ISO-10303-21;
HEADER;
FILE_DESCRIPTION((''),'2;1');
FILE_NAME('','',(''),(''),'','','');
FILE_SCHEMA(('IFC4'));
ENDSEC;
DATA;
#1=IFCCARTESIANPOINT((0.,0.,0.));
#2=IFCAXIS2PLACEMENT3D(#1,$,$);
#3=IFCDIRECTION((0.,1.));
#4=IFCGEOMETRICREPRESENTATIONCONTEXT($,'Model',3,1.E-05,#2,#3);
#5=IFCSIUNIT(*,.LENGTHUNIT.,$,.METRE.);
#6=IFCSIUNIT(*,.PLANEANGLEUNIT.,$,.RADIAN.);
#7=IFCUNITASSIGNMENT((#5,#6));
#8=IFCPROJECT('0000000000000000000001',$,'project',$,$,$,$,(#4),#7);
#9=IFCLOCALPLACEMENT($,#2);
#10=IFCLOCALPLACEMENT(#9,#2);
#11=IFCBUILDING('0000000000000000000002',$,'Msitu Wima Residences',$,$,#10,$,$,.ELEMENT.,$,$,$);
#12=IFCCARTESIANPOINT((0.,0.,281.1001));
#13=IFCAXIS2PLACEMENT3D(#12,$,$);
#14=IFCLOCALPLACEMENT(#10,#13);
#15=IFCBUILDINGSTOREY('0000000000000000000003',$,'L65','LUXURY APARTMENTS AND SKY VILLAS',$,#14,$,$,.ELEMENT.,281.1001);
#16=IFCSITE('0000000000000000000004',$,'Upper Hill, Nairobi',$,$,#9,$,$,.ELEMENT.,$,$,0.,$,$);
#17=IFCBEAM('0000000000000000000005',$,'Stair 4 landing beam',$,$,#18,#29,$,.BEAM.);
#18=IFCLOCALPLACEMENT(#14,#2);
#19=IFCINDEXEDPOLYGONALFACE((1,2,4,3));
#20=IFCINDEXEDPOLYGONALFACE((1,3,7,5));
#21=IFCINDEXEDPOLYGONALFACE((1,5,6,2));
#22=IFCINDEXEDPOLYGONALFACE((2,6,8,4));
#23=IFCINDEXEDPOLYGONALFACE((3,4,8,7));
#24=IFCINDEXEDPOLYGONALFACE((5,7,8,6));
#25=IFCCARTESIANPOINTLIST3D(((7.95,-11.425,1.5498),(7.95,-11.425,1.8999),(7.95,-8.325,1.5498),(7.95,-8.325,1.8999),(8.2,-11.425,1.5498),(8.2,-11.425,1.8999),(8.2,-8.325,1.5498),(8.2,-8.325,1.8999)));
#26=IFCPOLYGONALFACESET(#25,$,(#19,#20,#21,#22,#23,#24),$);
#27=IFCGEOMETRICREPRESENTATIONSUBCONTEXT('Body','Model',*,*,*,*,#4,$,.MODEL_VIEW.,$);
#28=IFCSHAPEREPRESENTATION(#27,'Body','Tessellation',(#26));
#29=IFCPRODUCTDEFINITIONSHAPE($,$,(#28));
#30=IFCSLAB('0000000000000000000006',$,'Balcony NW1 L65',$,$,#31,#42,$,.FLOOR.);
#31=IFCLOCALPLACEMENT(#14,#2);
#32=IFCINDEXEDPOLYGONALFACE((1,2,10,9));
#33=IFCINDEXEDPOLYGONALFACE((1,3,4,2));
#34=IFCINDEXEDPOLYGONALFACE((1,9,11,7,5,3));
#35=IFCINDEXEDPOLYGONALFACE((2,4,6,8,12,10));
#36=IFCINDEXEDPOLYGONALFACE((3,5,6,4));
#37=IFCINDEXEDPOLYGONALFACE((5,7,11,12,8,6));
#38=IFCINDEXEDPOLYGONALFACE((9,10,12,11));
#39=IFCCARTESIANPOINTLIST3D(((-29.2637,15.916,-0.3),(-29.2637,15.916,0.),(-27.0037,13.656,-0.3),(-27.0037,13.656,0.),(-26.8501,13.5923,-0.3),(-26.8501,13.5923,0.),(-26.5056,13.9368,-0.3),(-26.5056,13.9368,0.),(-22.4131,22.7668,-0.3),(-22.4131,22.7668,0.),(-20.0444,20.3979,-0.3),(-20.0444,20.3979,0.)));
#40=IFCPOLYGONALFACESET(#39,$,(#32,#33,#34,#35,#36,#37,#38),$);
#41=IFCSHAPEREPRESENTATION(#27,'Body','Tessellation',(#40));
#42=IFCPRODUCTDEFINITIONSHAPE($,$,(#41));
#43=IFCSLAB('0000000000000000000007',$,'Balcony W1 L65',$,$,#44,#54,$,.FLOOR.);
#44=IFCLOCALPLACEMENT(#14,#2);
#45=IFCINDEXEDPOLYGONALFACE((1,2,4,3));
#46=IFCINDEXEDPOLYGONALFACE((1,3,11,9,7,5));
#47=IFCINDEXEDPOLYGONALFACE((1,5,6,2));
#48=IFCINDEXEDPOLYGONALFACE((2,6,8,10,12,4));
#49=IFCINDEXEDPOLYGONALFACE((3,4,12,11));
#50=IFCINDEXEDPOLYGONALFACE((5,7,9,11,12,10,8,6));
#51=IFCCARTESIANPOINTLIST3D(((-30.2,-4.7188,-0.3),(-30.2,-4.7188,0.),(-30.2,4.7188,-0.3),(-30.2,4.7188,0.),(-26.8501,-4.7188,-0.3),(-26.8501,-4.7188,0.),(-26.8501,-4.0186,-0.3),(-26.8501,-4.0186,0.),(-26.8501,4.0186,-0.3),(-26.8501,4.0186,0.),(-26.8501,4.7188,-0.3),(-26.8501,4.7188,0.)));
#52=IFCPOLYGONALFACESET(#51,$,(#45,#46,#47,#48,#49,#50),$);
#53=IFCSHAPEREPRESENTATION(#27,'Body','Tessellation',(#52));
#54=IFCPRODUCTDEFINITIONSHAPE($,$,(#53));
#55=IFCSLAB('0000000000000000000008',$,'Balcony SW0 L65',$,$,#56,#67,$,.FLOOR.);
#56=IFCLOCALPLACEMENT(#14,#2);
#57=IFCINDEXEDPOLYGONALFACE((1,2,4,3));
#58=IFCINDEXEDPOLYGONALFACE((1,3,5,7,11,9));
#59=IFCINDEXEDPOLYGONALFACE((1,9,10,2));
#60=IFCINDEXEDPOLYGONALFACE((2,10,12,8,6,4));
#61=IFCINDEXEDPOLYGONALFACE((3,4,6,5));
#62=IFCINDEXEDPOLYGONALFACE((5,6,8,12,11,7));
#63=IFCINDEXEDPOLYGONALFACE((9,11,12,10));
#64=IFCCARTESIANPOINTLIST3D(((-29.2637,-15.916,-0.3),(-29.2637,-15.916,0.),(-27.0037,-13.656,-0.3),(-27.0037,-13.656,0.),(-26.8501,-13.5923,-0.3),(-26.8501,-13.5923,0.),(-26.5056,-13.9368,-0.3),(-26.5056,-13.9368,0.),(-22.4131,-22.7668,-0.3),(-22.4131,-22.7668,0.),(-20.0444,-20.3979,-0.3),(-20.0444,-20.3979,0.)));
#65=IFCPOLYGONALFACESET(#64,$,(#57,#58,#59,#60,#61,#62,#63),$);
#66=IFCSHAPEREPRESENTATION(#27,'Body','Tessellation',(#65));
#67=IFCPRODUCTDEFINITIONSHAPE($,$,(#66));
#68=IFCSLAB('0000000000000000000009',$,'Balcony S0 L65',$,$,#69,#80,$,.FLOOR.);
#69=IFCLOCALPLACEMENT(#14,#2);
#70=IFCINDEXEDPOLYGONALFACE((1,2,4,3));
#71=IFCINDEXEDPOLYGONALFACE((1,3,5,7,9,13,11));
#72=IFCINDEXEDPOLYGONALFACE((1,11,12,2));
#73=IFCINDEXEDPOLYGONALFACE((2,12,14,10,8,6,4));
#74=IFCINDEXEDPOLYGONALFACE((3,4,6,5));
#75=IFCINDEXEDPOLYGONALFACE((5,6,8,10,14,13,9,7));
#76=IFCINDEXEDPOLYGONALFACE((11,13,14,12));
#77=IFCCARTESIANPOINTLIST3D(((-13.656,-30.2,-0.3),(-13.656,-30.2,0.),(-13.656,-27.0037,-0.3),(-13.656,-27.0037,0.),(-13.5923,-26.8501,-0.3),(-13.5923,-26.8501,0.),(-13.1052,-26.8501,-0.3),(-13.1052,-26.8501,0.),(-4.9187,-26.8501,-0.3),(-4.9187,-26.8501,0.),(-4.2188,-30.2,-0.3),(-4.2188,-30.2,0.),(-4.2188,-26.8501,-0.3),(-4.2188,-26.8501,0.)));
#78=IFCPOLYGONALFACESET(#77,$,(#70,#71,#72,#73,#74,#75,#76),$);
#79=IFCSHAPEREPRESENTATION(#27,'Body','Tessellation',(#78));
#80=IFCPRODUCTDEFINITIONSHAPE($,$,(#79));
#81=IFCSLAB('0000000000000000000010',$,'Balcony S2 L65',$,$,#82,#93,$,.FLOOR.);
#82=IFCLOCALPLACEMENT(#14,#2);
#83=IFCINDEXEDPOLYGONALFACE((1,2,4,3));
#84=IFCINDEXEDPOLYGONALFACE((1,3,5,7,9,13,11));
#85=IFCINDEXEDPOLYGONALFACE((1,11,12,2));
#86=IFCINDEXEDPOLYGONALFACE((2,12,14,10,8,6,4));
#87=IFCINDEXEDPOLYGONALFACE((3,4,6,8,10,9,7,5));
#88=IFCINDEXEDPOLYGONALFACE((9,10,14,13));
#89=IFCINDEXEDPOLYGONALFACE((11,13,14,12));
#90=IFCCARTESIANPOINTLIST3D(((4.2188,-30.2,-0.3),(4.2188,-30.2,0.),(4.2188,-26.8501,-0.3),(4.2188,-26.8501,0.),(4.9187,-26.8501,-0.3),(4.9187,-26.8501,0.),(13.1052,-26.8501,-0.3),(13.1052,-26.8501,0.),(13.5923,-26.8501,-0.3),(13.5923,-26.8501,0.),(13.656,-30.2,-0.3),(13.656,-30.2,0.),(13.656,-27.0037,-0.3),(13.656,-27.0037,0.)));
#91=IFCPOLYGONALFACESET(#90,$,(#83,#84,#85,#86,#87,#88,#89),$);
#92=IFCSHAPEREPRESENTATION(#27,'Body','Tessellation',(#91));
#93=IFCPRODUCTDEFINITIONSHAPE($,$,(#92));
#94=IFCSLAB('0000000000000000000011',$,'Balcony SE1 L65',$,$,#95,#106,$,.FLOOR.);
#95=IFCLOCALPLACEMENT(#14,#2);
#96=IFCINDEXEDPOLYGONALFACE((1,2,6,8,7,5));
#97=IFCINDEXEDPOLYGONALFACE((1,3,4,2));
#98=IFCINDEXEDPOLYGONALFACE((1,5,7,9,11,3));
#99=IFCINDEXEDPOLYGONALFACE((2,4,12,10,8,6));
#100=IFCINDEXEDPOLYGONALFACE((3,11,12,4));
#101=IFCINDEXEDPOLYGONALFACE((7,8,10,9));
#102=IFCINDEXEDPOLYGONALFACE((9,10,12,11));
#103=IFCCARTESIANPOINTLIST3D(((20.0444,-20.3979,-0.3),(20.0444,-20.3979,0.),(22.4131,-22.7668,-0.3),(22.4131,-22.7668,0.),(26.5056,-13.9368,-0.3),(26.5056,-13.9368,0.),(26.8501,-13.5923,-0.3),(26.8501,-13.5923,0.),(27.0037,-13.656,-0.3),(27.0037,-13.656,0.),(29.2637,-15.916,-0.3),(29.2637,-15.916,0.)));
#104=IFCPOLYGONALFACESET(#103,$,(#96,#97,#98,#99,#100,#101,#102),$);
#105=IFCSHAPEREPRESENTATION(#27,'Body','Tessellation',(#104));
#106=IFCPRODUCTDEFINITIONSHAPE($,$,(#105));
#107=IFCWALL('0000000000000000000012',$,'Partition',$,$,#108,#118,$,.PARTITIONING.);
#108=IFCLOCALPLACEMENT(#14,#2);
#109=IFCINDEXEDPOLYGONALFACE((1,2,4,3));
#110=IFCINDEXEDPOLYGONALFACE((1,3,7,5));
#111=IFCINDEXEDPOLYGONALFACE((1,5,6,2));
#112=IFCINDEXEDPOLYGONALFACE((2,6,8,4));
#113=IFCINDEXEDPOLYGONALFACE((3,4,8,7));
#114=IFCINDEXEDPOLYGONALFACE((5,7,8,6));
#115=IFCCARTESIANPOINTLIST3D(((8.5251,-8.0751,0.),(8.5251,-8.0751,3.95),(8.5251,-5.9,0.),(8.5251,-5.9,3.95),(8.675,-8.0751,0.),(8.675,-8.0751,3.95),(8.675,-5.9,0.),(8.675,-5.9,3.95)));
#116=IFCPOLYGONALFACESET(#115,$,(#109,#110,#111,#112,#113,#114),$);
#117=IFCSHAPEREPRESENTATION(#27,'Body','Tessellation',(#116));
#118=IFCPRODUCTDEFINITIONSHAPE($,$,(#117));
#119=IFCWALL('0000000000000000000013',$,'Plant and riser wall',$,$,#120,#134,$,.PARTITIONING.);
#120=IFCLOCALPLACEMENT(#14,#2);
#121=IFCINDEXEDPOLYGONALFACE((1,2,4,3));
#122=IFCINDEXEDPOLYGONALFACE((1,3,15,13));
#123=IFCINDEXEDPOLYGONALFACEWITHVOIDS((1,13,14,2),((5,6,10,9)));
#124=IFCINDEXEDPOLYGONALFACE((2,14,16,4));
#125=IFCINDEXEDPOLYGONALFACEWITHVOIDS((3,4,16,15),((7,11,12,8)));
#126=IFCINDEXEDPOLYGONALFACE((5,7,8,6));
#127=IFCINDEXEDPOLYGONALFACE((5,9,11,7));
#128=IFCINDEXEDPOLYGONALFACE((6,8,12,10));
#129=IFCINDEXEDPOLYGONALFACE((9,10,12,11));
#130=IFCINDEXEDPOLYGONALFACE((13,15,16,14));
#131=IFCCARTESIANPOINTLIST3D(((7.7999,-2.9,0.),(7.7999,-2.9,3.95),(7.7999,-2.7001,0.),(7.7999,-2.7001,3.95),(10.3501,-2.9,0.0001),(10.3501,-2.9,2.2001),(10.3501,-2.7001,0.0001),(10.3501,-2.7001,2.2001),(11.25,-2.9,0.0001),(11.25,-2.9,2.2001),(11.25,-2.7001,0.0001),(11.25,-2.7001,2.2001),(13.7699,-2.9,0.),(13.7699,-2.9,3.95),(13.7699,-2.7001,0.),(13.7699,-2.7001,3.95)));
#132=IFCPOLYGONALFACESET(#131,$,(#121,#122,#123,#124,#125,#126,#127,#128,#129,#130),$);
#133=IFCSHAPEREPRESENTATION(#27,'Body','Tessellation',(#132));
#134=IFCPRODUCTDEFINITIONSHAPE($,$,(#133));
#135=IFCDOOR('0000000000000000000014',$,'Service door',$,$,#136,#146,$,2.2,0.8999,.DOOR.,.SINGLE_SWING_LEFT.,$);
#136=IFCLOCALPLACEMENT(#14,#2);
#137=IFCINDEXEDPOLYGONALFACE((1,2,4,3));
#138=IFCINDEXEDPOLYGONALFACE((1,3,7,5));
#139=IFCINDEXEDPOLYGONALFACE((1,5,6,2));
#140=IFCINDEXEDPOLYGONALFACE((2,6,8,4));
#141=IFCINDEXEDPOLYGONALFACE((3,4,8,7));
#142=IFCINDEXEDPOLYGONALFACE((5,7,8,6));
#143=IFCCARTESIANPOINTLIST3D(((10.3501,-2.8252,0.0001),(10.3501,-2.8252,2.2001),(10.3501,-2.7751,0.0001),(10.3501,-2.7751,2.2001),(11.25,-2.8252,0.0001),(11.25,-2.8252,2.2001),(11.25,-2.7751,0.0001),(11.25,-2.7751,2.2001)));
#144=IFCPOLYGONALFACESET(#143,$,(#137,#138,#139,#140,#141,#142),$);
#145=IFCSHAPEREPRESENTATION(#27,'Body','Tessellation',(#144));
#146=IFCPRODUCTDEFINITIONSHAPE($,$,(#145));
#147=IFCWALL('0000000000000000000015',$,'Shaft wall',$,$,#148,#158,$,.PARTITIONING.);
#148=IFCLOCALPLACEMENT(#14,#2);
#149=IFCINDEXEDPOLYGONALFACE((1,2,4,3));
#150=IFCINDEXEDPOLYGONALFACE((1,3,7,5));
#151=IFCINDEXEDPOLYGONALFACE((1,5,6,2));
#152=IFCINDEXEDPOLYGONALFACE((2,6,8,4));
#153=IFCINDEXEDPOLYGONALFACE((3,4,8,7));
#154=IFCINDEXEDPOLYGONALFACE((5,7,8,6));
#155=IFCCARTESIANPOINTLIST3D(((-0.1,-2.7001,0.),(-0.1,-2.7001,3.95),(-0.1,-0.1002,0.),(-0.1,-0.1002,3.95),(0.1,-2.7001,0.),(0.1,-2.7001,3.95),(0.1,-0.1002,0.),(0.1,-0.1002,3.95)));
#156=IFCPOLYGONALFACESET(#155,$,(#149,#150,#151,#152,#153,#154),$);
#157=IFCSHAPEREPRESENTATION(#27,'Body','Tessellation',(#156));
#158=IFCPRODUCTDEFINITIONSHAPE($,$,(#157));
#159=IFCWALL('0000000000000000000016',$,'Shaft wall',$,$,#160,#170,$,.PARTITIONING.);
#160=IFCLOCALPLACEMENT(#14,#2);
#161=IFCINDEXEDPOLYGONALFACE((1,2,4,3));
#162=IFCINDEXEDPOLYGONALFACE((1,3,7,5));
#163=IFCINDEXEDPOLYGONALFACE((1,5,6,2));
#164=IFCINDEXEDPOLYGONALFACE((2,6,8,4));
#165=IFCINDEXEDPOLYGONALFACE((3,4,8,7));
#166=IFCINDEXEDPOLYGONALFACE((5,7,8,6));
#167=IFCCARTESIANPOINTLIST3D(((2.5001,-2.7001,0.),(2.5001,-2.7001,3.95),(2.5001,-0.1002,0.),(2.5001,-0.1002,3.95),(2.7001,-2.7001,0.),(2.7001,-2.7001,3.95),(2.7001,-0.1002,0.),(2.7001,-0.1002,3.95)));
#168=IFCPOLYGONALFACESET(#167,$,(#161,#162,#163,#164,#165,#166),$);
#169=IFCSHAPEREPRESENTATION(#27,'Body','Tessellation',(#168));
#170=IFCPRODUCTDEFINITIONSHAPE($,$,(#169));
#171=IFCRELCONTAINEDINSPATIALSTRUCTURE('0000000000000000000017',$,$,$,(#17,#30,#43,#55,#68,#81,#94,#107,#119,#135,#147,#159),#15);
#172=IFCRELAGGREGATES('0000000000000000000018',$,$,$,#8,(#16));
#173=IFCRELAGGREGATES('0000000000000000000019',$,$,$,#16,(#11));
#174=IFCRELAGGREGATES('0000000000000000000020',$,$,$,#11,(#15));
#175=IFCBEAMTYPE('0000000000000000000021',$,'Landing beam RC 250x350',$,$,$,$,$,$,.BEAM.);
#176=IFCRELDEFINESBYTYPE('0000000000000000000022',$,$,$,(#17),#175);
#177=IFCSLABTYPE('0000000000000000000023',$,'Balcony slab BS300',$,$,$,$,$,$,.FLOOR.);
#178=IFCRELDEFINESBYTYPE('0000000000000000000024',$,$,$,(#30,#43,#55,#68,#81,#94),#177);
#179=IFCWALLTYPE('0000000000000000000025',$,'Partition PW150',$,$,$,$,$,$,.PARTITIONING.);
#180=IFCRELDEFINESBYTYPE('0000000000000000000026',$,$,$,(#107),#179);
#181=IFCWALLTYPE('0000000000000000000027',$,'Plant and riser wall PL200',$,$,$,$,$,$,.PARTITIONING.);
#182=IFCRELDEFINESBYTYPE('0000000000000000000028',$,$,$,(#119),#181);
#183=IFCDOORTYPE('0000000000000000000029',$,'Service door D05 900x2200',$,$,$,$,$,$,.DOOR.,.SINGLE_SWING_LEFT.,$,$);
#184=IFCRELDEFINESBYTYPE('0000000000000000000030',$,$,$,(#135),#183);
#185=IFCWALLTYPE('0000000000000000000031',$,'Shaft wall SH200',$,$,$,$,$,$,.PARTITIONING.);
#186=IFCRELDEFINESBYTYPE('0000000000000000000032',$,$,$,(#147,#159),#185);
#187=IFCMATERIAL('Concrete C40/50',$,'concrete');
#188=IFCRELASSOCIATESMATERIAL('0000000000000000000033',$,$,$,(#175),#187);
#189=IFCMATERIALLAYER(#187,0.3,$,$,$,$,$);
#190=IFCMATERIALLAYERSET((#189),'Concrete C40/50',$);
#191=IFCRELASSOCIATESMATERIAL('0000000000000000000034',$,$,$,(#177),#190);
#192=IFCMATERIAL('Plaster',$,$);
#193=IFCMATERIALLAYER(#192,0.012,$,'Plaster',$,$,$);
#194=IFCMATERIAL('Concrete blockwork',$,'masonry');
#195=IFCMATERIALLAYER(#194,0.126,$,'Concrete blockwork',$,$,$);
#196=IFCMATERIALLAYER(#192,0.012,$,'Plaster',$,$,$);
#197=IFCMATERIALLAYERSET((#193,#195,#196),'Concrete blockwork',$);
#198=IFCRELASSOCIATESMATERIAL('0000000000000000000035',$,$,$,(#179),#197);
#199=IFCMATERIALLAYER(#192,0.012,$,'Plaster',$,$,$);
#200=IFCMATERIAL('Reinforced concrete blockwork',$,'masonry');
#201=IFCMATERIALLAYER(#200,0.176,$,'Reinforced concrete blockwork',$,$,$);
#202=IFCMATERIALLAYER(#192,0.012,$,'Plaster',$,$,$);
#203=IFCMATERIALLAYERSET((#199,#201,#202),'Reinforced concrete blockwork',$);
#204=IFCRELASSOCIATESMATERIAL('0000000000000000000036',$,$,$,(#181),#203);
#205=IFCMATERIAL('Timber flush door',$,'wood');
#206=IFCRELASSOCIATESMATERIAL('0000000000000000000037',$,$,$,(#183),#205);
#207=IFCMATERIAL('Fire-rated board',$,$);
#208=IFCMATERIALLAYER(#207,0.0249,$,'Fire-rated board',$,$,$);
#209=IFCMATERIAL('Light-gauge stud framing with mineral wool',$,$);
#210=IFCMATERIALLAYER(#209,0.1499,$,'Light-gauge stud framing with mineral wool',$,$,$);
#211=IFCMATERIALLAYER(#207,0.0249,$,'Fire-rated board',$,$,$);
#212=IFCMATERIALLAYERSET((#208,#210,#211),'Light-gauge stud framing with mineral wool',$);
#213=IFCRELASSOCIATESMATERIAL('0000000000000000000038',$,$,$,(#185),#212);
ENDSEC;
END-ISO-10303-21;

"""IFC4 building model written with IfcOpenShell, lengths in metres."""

from ifc_helpers import new_model, si_unit, direction, frame, frame_2d, origin, origin_2d, place, context, subcontext, project, spatial, polyline, rectangle, outline, extrude, material, layer, layer_set, material_profile, profile_set, type_object, element, fill, save


model = new_model("IFC4")

# Units and contexts
model_context = context("Model", 3, precision=1e-05, world=origin(), true_north=direction((0.0, 1.0)))
body_context = subcontext(model_context, "Body", "Model", "MODEL_VIEW")
ifc_project = project(units=[si_unit("LENGTHUNIT", "METRE"), si_unit("PLANEANGLEUNIT", "RADIAN")], contexts=[model_context])

# Site, building, storey
site_placement = place(None, origin())
site = spatial("IfcSite", under=ifc_project, at=site_placement, Name="Upper Hill, Nairobi", CompositionType="ELEMENT", RefElevation=0.0)
building_placement = place(site_placement, origin())
building = spatial("IfcBuilding", under=site, at=building_placement, Name="Msitu Wima Residences", CompositionType="ELEMENT")
storey_placement = place(building_placement, frame((0.0, 0.0, 281.1001)))
storey = spatial("IfcBuildingStorey", under=building, at=storey_placement, Name="L65", Description="LUXURY APARTMENTS AND SKY VILLAS", CompositionType="ELEMENT", Elevation=281.1001)

# Beam
ifc_material_1 = material(Name="Concrete C40/50", Category="concrete")
ifc_material_profile = material_profile(ifc_material_1, rectangle(XDim=0.25, YDim=0.3501, at=origin_2d()), Name="RC 250x350")
ifc_profile_set = profile_set([ifc_material_profile], Name="Concrete C40/50")
beam_type = type_object("IfcBeamType", Name="Landing beam RC 250x350", PredefinedType="BEAM", material=ifc_profile_set)
beam_placement = place(storey_placement, frame((8.075, -11.425, 1.7249), z_axis=(0.0, 1.0, 0.0), x_axis=(-1.0, 0.0, 0.0)))
element("IfcBeam", 1, at=beam_placement, inside=storey, type_object=beam_type, Name="Stair 4 landing beam", PredefinedType="BEAM", context=body_context, shape_type="SweptSolid", body=[
    extrude(rectangle(XDim=0.25, YDim=0.3501, at=origin_2d()), origin(), (0.0, 0.0, 1.0), 3.1001),
])

# Slabs
ifc_layer_1 = layer(ifc_material_1, 0.3)
ifc_layer_set_1 = layer_set([ifc_layer_1], Name="Concrete C40/50")
slab_type = type_object("IfcSlabType", Name="Balcony slab BS300", PredefinedType="FLOOR", material=ifc_layer_set_1)
slab_1_placement = place(storey_placement, frame((0.0, 0.0, -0.3)))
element("IfcSlab", 2, at=slab_1_placement, inside=storey, type_object=slab_type, Name="Balcony NW1 L65", PredefinedType="FLOOR", context=body_context, shape_type="SweptSolid", body=[
    extrude(outline(polyline([(-26.5056, 13.9368), (-26.5056, 13.9368), (-26.8501, 13.5923), (-27.0037, 13.656), (-29.2637, 15.916), (-22.4131, 22.7668), (-20.0444, 20.3979), (-26.5056, 13.9368), (-26.5056, 13.9368)])), origin(), (0.0, 0.0, 1.0), 0.3),
])
slab_2_placement = place(storey_placement, frame((0.0, 0.0, -0.3)))
element("IfcSlab", 3, at=slab_2_placement, inside=storey, type_object=slab_type, Name="Balcony W1 L65", PredefinedType="FLOOR", context=body_context, shape_type="SweptSolid", body=[
    extrude(outline(polyline([(-26.8501, 4.0186), (-26.8501, -4.0186), (-26.8501, -4.7188), (-30.2, -4.7188), (-30.2, 4.7188), (-26.8501, 4.7188), (-26.8501, 4.0186)])), origin(), (0.0, 0.0, 1.0), 0.3),
])
slab_3_placement = place(storey_placement, frame((0.0, 0.0, -0.3)))
element("IfcSlab", 4, at=slab_3_placement, inside=storey, type_object=slab_type, Name="Balcony SW0 L65", PredefinedType="FLOOR", context=body_context, shape_type="SweptSolid", body=[
    extrude(outline(polyline([(-26.5056, -13.9368), (-26.5056, -13.9368), (-20.0444, -20.3979), (-22.4131, -22.7668), (-29.2637, -15.916), (-27.0037, -13.656), (-26.8501, -13.5923), (-26.5056, -13.9368), (-26.5056, -13.9368)])), origin(), (0.0, 0.0, 1.0), 0.3),
])
slab_4_placement = place(storey_placement, frame((0.0, 0.0, -0.3)))
element("IfcSlab", 5, at=slab_4_placement, inside=storey, type_object=slab_type, Name="Balcony S0 L65", PredefinedType="FLOOR", context=body_context, shape_type="SweptSolid", body=[
    extrude(outline(polyline([(-13.1052, -26.8501), (-13.1052, -26.8501), (-4.9187, -26.8501), (-4.2188, -26.8501), (-4.2188, -30.2), (-13.656, -30.2), (-13.656, -27.0037), (-13.5923, -26.8501), (-13.1052, -26.8501), (-13.1052, -26.8501)])), origin(), (0.0, 0.0, 1.0), 0.3),
])
slab_5_placement = place(storey_placement, frame((0.0, 0.0, -0.3)))
element("IfcSlab", 6, at=slab_5_placement, inside=storey, type_object=slab_type, Name="Balcony S2 L65", PredefinedType="FLOOR", context=body_context, shape_type="SweptSolid", body=[
    extrude(outline(polyline([(13.1052, -26.8501), (13.1052, -26.8501), (13.1052, -26.8501), (13.5923, -26.8501), (13.656, -27.0037), (13.656, -30.2), (4.2188, -30.2), (4.2188, -26.8501), (4.9187, -26.8501), (13.1052, -26.8501)])), origin(), (0.0, 0.0, 1.0), 0.3),
])
slab_6_placement = place(storey_placement, frame((0.0, 0.0, -0.3)))
element("IfcSlab", 7, at=slab_6_placement, inside=storey, type_object=slab_type, Name="Balcony SE1 L65", PredefinedType="FLOOR", context=body_context, shape_type="SweptSolid", body=[
    extrude(outline(polyline([(26.5056, -13.9368), (26.5056, -13.9368), (26.8501, -13.5923), (27.0037, -13.656), (29.2637, -15.916), (22.4131, -22.7668), (20.0444, -20.3979), (26.5056, -13.9368), (26.5056, -13.9368)])), origin(), (0.0, 0.0, 1.0), 0.3),
])

# Wall
ifc_material_2 = material(Name="Plaster")
ifc_layer_2 = layer(ifc_material_2, 0.012, Name="Plaster")
ifc_material_3 = material(Name="Concrete blockwork", Category="masonry")
ifc_layer_3 = layer(ifc_material_3, 0.126, Name="Concrete blockwork")
ifc_layer_4 = layer(ifc_material_2, 0.012, Name="Plaster")
ifc_layer_set_2 = layer_set([ifc_layer_2, ifc_layer_3, ifc_layer_4], Name="Concrete blockwork")
wall_type_1 = type_object("IfcWallType", Name="Partition PW150", PredefinedType="PARTITIONING", material=ifc_layer_set_2)
wall_1_placement = place(storey_placement, frame((8.6001, -8.075, 0.0), z_axis=(0.0, 0.0, 1.0), x_axis=(0.0, 1.0, 0.0)))
element("IfcWall", 8, at=wall_1_placement, inside=storey, type_object=wall_type_1, Name="Partition", PredefinedType="PARTITIONING", context=body_context, shape_type="SweptSolid", body=[
    extrude(rectangle(XDim=2.175, YDim=0.1499, at=frame_2d((1.0874, 0.0))), origin(), (0.0, 0.0, 1.0), 3.95),
])

# Wall, opening, door
ifc_layer_5 = layer(ifc_material_2, 0.012, Name="Plaster")
ifc_material_4 = material(Name="Reinforced concrete blockwork", Category="masonry")
ifc_layer_6 = layer(ifc_material_4, 0.176, Name="Reinforced concrete blockwork")
ifc_layer_7 = layer(ifc_material_2, 0.012, Name="Plaster")
ifc_layer_set_3 = layer_set([ifc_layer_5, ifc_layer_6, ifc_layer_7], Name="Reinforced concrete blockwork")
wall_type_2 = type_object("IfcWallType", Name="Plant and riser wall PL200", PredefinedType="PARTITIONING", material=ifc_layer_set_3)
wall_2_placement = place(storey_placement, frame((7.8, -2.8, 0.0), z_axis=(0.0, 0.0, 1.0), x_axis=(1.0, 0.0, 0.0)))
wall_2 = element("IfcWall", 9, at=wall_2_placement, inside=storey, type_object=wall_type_2, Name="Plant and riser wall", PredefinedType="PARTITIONING", context=body_context, shape_type="SweptSolid", body=[
    extrude(rectangle(XDim=5.97, YDim=0.2, at=frame_2d((2.9849, 0.0))), origin(), (0.0, 0.0, 1.0), 3.95),
])
opening_placement = place(wall_2_placement, frame((2.55, 0.0, 0.0)))
opening = element("IfcOpeningElement", 10, at=opening_placement, cuts=wall_2, PredefinedType="OPENING", context=body_context, shape_type="SweptSolid", body=[
    extrude(rectangle(XDim=0.8999, YDim=2.2, at=frame_2d((0.45, 1.1001))), frame((0.0, 0.1099, 0.0), z_axis=(0.0, -1.0, 0.0), x_axis=(1.0, 0.0, 0.0)), (0.0, 0.0, 1.0), 0.22),
])
ifc_material_5 = material(Name="Timber flush door", Category="wood")
door_type = type_object("IfcDoorType", Name="Service door D05 900x2200", OperationType="SINGLE_SWING_LEFT", PredefinedType="DOOR", material=ifc_material_5)
door_placement = place(opening_placement, origin())
door = element("IfcDoor", 11, at=door_placement, inside=storey, type_object=door_type, Name="Service door", OperationType="SINGLE_SWING_LEFT", OverallHeight=2.2, OverallWidth=0.8999, PredefinedType="DOOR", context=body_context, shape_type="SweptSolid", body=[
    extrude(rectangle(XDim=0.8999, YDim=2.2, at=frame_2d((0.45, 1.1001))), frame((0.0, 0.0249, 0.0), z_axis=(0.0, -1.0, 0.0), x_axis=(1.0, 0.0, 0.0)), (0.0, 0.0, 1.0), 0.05),
])
fill(opening, door)

# Walls
ifc_material_6 = material(Name="Fire-rated board")
ifc_layer_8 = layer(ifc_material_6, 0.0249, Name="Fire-rated board")
ifc_material_7 = material(Name="Light-gauge stud framing with mineral wool")
ifc_layer_9 = layer(ifc_material_7, 0.1499, Name="Light-gauge stud framing with mineral wool")
ifc_layer_10 = layer(ifc_material_6, 0.0249, Name="Fire-rated board")
ifc_layer_set_4 = layer_set([ifc_layer_8, ifc_layer_9, ifc_layer_10], Name="Light-gauge stud framing with mineral wool")
wall_type_3 = type_object("IfcWallType", Name="Shaft wall SH200", PredefinedType="PARTITIONING", material=ifc_layer_set_4)
for number, where, z_axis, x_axis, name in (
    (12, (0.0, -2.7, 0.0), (0.0, 0.0, 1.0), (0.0, 1.0, 0.0), "Shaft wall"),
    (13, (2.6001, -2.7, 0.0), (0.0, 0.0, 1.0), (0.0, 1.0, 0.0), "Shaft wall"),
):
    element("IfcWall", number, at=place(storey_placement, frame(where, z_axis=z_axis, x_axis=x_axis)), inside=storey, type_object=wall_type_3, Name=name, PredefinedType="PARTITIONING", context=body_context, shape_type="SweptSolid", body=[
        extrude(rectangle(XDim=2.5999, YDim=0.2, at=frame_2d((1.2998, 0.0))), origin(), (0.0, 0.0, 1.0), 3.95),
    ])

save(model, "model.ifc")
